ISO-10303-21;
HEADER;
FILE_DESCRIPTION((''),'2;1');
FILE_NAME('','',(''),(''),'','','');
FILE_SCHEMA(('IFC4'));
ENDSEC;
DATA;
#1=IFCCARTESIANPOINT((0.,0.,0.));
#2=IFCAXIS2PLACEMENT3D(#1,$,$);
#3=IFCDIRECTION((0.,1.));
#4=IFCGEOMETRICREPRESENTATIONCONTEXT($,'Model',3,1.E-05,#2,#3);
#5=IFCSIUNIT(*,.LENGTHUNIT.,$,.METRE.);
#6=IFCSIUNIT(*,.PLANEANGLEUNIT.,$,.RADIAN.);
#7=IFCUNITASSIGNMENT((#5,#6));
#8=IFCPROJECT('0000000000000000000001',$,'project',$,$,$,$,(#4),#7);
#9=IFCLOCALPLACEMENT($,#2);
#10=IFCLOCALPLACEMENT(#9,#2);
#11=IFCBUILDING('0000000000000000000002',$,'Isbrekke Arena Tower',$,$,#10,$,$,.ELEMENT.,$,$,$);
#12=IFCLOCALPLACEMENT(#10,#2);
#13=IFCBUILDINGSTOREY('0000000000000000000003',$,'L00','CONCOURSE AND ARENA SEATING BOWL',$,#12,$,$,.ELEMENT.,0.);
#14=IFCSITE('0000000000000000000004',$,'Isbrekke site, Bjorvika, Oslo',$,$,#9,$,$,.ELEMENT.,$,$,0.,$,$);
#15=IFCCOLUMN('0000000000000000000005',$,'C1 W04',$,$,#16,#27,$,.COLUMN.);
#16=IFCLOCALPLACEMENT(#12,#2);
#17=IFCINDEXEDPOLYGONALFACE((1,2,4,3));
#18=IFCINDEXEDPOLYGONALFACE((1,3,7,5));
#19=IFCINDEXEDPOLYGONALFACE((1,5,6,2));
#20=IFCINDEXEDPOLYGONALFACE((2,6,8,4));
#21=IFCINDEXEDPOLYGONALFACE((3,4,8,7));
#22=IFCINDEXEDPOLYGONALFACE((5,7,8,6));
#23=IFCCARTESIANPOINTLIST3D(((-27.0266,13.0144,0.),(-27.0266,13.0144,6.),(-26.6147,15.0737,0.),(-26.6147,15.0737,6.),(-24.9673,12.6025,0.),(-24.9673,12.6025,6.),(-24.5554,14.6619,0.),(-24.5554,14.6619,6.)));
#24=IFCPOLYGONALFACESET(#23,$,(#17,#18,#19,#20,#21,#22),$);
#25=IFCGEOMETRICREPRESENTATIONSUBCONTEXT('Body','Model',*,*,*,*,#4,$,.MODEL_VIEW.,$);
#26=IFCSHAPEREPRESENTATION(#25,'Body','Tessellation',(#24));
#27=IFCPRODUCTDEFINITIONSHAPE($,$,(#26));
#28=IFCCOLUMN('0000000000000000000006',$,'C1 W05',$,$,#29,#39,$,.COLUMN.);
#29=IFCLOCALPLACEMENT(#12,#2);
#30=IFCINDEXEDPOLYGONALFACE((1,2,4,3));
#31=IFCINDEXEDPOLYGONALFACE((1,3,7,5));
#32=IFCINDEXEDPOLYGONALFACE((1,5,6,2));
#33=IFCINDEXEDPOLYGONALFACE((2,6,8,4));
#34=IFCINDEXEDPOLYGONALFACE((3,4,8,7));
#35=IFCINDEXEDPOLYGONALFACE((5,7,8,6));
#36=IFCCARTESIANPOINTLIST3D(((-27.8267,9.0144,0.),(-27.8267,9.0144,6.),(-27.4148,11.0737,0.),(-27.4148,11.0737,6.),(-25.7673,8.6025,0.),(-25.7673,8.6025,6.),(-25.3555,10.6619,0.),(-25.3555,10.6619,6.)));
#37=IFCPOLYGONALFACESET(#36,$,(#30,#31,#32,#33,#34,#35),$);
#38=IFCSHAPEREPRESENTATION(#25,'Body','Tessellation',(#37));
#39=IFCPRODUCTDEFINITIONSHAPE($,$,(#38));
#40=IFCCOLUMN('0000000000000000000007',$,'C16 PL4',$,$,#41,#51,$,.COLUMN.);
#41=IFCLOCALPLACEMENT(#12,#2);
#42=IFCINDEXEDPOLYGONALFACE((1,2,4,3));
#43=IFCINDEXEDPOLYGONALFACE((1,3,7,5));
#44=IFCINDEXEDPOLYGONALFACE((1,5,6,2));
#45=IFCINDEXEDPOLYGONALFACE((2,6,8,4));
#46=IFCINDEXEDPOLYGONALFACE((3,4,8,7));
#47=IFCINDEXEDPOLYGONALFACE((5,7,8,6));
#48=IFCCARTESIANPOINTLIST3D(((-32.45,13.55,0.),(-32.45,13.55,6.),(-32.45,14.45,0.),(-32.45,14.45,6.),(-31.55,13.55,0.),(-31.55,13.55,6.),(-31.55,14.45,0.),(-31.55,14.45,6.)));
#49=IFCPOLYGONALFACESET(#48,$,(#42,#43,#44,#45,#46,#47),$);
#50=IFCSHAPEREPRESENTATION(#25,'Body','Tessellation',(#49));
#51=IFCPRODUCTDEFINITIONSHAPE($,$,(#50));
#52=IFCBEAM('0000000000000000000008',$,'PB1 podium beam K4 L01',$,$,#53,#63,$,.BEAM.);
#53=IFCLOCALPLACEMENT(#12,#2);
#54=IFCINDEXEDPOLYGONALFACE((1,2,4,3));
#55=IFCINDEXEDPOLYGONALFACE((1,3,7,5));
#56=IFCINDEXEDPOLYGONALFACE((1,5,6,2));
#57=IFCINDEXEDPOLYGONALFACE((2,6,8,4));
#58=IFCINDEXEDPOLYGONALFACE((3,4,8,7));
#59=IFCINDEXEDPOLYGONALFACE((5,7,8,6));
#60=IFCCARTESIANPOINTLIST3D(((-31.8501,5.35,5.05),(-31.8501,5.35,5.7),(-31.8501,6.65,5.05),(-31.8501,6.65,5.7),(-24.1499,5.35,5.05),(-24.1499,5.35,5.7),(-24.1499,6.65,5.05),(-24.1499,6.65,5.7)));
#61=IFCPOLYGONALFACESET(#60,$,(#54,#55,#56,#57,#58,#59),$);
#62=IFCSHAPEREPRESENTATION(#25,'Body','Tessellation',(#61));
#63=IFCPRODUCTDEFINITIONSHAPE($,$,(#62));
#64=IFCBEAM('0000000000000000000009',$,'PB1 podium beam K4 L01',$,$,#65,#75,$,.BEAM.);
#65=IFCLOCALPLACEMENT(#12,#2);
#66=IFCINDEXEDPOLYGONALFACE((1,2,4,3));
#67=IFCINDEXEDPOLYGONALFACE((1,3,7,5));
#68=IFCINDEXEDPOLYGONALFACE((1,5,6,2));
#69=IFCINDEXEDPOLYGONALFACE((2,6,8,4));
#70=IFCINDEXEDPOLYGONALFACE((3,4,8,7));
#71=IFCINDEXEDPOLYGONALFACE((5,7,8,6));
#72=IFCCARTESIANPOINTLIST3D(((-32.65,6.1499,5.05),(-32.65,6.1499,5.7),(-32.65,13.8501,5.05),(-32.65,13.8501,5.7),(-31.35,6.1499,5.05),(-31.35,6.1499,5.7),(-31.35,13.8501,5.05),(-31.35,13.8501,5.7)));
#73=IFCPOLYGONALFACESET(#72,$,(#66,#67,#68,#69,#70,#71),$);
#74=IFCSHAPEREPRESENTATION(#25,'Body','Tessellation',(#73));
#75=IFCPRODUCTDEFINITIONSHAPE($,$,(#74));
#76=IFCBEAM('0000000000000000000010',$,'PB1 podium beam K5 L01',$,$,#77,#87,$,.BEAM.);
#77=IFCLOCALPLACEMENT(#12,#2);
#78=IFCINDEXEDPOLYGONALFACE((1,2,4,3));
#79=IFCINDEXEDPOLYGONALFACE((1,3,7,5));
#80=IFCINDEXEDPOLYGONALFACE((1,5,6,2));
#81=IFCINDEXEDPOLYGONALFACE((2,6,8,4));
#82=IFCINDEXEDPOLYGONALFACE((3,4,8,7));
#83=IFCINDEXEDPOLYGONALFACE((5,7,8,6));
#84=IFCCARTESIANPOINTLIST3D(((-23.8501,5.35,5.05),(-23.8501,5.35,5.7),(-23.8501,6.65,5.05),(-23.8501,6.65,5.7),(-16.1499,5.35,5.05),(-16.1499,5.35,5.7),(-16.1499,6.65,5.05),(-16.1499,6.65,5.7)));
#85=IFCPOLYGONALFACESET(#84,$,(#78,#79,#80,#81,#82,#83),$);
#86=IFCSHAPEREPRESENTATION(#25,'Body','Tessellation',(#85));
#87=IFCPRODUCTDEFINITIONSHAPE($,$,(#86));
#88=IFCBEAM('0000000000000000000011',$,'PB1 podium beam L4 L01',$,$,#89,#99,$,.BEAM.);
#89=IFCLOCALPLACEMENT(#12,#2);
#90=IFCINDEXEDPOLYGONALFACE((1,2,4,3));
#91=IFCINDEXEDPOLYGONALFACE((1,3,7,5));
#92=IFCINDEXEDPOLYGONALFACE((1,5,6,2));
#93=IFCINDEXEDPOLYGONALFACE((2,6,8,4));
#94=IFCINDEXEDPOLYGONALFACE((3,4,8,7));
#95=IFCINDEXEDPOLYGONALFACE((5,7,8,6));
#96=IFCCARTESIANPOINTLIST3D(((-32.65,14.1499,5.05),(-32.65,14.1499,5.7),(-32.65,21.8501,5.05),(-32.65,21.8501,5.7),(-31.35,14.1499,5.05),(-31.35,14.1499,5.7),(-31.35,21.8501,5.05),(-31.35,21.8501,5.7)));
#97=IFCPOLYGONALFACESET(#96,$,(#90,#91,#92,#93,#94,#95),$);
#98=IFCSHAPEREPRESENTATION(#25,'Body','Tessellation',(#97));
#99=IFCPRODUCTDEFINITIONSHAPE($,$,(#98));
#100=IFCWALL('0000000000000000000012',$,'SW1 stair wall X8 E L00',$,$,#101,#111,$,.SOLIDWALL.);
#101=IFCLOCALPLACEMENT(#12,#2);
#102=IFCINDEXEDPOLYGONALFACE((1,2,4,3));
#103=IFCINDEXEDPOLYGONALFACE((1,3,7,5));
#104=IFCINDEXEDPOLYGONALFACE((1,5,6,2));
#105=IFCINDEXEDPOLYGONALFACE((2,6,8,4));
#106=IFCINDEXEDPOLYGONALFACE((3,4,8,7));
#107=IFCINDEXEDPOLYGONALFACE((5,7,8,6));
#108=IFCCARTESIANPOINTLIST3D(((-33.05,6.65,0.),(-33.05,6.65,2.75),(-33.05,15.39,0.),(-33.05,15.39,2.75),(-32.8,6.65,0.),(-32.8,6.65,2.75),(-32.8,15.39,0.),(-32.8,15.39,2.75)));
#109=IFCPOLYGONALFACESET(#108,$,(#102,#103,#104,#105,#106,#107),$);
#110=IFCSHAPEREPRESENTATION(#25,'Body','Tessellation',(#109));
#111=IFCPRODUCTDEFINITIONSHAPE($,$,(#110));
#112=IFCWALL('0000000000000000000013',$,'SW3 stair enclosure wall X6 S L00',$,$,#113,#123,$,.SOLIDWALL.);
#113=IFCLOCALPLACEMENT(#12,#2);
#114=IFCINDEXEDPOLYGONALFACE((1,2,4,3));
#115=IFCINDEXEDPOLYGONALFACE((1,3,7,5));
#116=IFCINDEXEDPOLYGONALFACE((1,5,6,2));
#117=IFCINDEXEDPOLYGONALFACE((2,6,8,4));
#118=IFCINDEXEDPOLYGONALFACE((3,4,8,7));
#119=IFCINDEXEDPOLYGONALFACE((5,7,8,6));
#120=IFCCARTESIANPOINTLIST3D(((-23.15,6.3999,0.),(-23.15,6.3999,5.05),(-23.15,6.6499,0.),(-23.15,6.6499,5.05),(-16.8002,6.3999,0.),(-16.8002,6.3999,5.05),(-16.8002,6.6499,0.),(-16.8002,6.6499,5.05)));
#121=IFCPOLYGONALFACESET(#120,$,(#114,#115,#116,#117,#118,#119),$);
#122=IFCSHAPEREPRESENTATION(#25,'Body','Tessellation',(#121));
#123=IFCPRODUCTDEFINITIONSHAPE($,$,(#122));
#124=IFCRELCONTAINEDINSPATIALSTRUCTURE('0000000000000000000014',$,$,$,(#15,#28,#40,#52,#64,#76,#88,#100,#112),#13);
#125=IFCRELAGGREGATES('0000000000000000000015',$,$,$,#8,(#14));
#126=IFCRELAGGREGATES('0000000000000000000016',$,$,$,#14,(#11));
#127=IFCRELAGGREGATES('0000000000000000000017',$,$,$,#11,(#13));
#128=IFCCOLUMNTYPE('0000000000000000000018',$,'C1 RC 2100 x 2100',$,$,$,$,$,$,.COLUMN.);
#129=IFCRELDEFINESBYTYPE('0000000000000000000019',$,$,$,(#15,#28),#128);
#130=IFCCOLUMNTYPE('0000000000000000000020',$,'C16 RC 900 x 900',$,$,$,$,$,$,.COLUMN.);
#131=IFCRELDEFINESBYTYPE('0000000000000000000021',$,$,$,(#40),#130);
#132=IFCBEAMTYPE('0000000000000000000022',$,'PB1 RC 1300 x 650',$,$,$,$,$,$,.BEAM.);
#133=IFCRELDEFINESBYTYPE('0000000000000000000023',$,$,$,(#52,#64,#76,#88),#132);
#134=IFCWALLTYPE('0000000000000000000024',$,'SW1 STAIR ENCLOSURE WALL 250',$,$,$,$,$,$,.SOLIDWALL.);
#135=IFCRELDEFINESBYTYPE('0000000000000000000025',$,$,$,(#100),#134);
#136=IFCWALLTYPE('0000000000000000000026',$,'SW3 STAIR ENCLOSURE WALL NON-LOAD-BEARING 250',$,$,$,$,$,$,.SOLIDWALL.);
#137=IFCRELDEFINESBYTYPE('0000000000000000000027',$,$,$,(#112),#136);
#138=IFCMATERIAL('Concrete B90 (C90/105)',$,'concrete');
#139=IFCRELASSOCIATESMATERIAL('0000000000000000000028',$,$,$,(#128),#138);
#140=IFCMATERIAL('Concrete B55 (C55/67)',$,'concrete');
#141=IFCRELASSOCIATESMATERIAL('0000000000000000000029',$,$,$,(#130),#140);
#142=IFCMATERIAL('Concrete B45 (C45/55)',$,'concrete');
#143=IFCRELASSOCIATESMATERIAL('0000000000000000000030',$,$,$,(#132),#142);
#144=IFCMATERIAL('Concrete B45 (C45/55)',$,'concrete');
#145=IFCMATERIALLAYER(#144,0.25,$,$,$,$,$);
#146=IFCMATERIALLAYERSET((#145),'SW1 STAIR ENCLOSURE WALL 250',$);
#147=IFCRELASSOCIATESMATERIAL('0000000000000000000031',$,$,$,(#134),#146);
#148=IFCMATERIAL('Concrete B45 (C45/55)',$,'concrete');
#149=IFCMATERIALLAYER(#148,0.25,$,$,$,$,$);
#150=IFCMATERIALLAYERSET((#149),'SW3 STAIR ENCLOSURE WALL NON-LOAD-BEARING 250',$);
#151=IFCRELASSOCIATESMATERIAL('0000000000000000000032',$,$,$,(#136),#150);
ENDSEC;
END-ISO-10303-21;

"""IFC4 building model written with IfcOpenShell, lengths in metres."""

from ifc_helpers import new_model, si_unit, direction, frame, frame_2d, origin, origin_2d, place, context, subcontext, project, spatial, rectangle, extrude, material, layer, layer_set, material_profile, profile_set, type_object, element, save


model = new_model("IFC4")

# Units and contexts
model_context = context("Model", 3, precision=1e-05, world=origin(), true_north=direction((0.0, 1.0)))
body_context = subcontext(model_context, "Body", "Model", "MODEL_VIEW")
ifc_project = project(units=[si_unit("LENGTHUNIT", "METRE"), si_unit("PLANEANGLEUNIT", "RADIAN")], contexts=[model_context])

# Site, building, storey
site_placement = place(None, origin())
site = spatial("IfcSite", under=ifc_project, at=site_placement, Name="Isbrekke site, Bjorvika, Oslo", CompositionType="ELEMENT", RefElevation=0.0)
building_placement = place(site_placement, origin())
building = spatial("IfcBuilding", under=site, at=building_placement, Name="Isbrekke Arena Tower", CompositionType="ELEMENT")
storey_placement = place(building_placement, origin())
storey = spatial("IfcBuildingStorey", under=building, at=storey_placement, Name="L00", Description="CONCOURSE AND ARENA SEATING BOWL", CompositionType="ELEMENT", Elevation=0.0)

# Columns
ifc_material_1 = material(Name="Concrete B90 (C90/105)", Category="concrete")
ifc_material_profile_1 = material_profile(ifc_material_1, rectangle(XDim=2.1001, YDim=2.1001, at=origin_2d()), Name="RC 2100x2100")
ifc_profile_set_1 = profile_set([ifc_material_profile_1], Name="Concrete B90 (C90/105)")
column_type_1 = type_object("IfcColumnType", Name="C1 RC 2100 x 2100", PredefinedType="COLUMN", material=ifc_profile_set_1)
for number, where, z_axis, x_axis, name in (
    (1, (-25.791, 13.8381, 0.0), (0.0, 0.0, 1.0), (-0.196116, -0.980581, 0.0), "C1 W04"),
    (2, (-26.5911, 9.8381, 0.0), (0.0, 0.0, 1.0), (-0.196116, -0.980581, 0.0), "C1 W05"),
):
    element("IfcColumn", number, at=place(storey_placement, frame(where, z_axis=z_axis, x_axis=x_axis)), inside=storey, type_object=column_type_1, Name=name, PredefinedType="COLUMN", context=body_context, shape_type="SweptSolid", body=[
        extrude(rectangle(XDim=2.1001, YDim=2.1001, at=origin_2d()), origin(), (0.0, 0.0, 1.0), 6.0),
    ])
ifc_material_2 = material(Name="Concrete B55 (C55/67)", Category="concrete")
ifc_material_profile_2 = material_profile(ifc_material_2, rectangle(XDim=0.8999, YDim=0.8999, at=origin_2d()), Name="RC 900x900")
ifc_profile_set_2 = profile_set([ifc_material_profile_2], Name="Concrete B55 (C55/67)")
column_type_2 = type_object("IfcColumnType", Name="C16 RC 900 x 900", PredefinedType="COLUMN", material=ifc_profile_set_2)
column_placement = place(storey_placement, frame((-32.0, 14.0, 0.0), z_axis=(0.0, 0.0, 1.0), x_axis=(1.0, 0.0, 0.0)))
element("IfcColumn", 3, at=column_placement, inside=storey, type_object=column_type_2, Name="C16 PL4", PredefinedType="COLUMN", context=body_context, shape_type="SweptSolid", body=[
    extrude(rectangle(XDim=0.8999, YDim=0.8999, at=origin_2d()), origin(), (0.0, 0.0, 1.0), 6.0),
])

# Beams
ifc_material_3 = material(Name="Concrete B45 (C45/55)", Category="concrete")
ifc_material_profile_3 = material_profile(ifc_material_3, rectangle(XDim=1.3, YDim=0.6499, at=origin_2d()), Name="RC 1300x650")
ifc_profile_set_3 = profile_set([ifc_material_profile_3], Name="Concrete B45 (C45/55)")
beam_type = type_object("IfcBeamType", Name="PB1 RC 1300 x 650", PredefinedType="BEAM", material=ifc_profile_set_3)
for number, where, z_axis, x_axis, name in (
    (4, (-31.8501, 6.0, 5.375), (1.0, 0.0, 0.0), (0.0, 1.0, 0.0), "PB1 podium beam K4 L01"),
    (5, (-32.0, 6.1499, 5.375), (0.0, 1.0, 0.0), (-1.0, 0.0, 0.0), "PB1 podium beam K4 L01"),
    (6, (-23.8501, 6.0, 5.375), (1.0, 0.0, 0.0), (0.0, 1.0, 0.0), "PB1 podium beam K5 L01"),
    (7, (-32.0, 14.1499, 5.375), (0.0, 1.0, 0.0), (-1.0, 0.0, 0.0), "PB1 podium beam L4 L01"),
):
    element("IfcBeam", number, at=place(storey_placement, frame(where, z_axis=z_axis, x_axis=x_axis)), inside=storey, type_object=beam_type, Name=name, PredefinedType="BEAM", context=body_context, shape_type="SweptSolid", body=[
        extrude(rectangle(XDim=1.3, YDim=0.6499, at=origin_2d()), origin(), (0.0, 0.0, 1.0), 7.7002),
    ])

# Walls
ifc_material_4 = material(Name="Concrete B45 (C45/55)", Category="concrete")
ifc_layer_1 = layer(ifc_material_4, 0.25)
ifc_layer_set_1 = layer_set([ifc_layer_1], Name="SW1 STAIR ENCLOSURE WALL 250")
wall_type_1 = type_object("IfcWallType", Name="SW1 STAIR ENCLOSURE WALL 250", PredefinedType="SOLIDWALL", material=ifc_layer_set_1)
wall_1_placement = place(storey_placement, frame((-32.925, 6.6499, 0.0), z_axis=(0.0, 0.0, 1.0), x_axis=(0.0, 1.0, 0.0)))
element("IfcWall", 8, at=wall_1_placement, inside=storey, type_object=wall_type_1, Name="SW1 stair wall X8 E L00", PredefinedType="SOLIDWALL", context=body_context, shape_type="SweptSolid", body=[
    extrude(rectangle(XDim=8.74, YDim=0.25, at=frame_2d((4.3701, 0.0))), origin(), (0.0, 0.0, 1.0), 2.75),
])
ifc_material_5 = material(Name="Concrete B45 (C45/55)", Category="concrete")
ifc_layer_2 = layer(ifc_material_5, 0.25)
ifc_layer_set_2 = layer_set([ifc_layer_2], Name="SW3 STAIR ENCLOSURE WALL NON-LOAD-BEARING 250")
wall_type_2 = type_object("IfcWallType", Name="SW3 STAIR ENCLOSURE WALL NON-LOAD-BEARING 250", PredefinedType="SOLIDWALL", material=ifc_layer_set_2)
wall_2_placement = place(storey_placement, frame((-23.1499, 6.5249, 0.0), z_axis=(0.0, 0.0, 1.0), x_axis=(1.0, 0.0, 0.0)))
element("IfcWall", 9, at=wall_2_placement, inside=storey, type_object=wall_type_2, Name="SW3 stair enclosure wall X6 S L00", PredefinedType="SOLIDWALL", context=body_context, shape_type="SweptSolid", body=[
    extrude(rectangle(XDim=6.3499, YDim=0.25, at=frame_2d((3.1748, 0.0))), origin(), (0.0, 0.0, 1.0), 5.05),
])

save(model, "model.ifc")
